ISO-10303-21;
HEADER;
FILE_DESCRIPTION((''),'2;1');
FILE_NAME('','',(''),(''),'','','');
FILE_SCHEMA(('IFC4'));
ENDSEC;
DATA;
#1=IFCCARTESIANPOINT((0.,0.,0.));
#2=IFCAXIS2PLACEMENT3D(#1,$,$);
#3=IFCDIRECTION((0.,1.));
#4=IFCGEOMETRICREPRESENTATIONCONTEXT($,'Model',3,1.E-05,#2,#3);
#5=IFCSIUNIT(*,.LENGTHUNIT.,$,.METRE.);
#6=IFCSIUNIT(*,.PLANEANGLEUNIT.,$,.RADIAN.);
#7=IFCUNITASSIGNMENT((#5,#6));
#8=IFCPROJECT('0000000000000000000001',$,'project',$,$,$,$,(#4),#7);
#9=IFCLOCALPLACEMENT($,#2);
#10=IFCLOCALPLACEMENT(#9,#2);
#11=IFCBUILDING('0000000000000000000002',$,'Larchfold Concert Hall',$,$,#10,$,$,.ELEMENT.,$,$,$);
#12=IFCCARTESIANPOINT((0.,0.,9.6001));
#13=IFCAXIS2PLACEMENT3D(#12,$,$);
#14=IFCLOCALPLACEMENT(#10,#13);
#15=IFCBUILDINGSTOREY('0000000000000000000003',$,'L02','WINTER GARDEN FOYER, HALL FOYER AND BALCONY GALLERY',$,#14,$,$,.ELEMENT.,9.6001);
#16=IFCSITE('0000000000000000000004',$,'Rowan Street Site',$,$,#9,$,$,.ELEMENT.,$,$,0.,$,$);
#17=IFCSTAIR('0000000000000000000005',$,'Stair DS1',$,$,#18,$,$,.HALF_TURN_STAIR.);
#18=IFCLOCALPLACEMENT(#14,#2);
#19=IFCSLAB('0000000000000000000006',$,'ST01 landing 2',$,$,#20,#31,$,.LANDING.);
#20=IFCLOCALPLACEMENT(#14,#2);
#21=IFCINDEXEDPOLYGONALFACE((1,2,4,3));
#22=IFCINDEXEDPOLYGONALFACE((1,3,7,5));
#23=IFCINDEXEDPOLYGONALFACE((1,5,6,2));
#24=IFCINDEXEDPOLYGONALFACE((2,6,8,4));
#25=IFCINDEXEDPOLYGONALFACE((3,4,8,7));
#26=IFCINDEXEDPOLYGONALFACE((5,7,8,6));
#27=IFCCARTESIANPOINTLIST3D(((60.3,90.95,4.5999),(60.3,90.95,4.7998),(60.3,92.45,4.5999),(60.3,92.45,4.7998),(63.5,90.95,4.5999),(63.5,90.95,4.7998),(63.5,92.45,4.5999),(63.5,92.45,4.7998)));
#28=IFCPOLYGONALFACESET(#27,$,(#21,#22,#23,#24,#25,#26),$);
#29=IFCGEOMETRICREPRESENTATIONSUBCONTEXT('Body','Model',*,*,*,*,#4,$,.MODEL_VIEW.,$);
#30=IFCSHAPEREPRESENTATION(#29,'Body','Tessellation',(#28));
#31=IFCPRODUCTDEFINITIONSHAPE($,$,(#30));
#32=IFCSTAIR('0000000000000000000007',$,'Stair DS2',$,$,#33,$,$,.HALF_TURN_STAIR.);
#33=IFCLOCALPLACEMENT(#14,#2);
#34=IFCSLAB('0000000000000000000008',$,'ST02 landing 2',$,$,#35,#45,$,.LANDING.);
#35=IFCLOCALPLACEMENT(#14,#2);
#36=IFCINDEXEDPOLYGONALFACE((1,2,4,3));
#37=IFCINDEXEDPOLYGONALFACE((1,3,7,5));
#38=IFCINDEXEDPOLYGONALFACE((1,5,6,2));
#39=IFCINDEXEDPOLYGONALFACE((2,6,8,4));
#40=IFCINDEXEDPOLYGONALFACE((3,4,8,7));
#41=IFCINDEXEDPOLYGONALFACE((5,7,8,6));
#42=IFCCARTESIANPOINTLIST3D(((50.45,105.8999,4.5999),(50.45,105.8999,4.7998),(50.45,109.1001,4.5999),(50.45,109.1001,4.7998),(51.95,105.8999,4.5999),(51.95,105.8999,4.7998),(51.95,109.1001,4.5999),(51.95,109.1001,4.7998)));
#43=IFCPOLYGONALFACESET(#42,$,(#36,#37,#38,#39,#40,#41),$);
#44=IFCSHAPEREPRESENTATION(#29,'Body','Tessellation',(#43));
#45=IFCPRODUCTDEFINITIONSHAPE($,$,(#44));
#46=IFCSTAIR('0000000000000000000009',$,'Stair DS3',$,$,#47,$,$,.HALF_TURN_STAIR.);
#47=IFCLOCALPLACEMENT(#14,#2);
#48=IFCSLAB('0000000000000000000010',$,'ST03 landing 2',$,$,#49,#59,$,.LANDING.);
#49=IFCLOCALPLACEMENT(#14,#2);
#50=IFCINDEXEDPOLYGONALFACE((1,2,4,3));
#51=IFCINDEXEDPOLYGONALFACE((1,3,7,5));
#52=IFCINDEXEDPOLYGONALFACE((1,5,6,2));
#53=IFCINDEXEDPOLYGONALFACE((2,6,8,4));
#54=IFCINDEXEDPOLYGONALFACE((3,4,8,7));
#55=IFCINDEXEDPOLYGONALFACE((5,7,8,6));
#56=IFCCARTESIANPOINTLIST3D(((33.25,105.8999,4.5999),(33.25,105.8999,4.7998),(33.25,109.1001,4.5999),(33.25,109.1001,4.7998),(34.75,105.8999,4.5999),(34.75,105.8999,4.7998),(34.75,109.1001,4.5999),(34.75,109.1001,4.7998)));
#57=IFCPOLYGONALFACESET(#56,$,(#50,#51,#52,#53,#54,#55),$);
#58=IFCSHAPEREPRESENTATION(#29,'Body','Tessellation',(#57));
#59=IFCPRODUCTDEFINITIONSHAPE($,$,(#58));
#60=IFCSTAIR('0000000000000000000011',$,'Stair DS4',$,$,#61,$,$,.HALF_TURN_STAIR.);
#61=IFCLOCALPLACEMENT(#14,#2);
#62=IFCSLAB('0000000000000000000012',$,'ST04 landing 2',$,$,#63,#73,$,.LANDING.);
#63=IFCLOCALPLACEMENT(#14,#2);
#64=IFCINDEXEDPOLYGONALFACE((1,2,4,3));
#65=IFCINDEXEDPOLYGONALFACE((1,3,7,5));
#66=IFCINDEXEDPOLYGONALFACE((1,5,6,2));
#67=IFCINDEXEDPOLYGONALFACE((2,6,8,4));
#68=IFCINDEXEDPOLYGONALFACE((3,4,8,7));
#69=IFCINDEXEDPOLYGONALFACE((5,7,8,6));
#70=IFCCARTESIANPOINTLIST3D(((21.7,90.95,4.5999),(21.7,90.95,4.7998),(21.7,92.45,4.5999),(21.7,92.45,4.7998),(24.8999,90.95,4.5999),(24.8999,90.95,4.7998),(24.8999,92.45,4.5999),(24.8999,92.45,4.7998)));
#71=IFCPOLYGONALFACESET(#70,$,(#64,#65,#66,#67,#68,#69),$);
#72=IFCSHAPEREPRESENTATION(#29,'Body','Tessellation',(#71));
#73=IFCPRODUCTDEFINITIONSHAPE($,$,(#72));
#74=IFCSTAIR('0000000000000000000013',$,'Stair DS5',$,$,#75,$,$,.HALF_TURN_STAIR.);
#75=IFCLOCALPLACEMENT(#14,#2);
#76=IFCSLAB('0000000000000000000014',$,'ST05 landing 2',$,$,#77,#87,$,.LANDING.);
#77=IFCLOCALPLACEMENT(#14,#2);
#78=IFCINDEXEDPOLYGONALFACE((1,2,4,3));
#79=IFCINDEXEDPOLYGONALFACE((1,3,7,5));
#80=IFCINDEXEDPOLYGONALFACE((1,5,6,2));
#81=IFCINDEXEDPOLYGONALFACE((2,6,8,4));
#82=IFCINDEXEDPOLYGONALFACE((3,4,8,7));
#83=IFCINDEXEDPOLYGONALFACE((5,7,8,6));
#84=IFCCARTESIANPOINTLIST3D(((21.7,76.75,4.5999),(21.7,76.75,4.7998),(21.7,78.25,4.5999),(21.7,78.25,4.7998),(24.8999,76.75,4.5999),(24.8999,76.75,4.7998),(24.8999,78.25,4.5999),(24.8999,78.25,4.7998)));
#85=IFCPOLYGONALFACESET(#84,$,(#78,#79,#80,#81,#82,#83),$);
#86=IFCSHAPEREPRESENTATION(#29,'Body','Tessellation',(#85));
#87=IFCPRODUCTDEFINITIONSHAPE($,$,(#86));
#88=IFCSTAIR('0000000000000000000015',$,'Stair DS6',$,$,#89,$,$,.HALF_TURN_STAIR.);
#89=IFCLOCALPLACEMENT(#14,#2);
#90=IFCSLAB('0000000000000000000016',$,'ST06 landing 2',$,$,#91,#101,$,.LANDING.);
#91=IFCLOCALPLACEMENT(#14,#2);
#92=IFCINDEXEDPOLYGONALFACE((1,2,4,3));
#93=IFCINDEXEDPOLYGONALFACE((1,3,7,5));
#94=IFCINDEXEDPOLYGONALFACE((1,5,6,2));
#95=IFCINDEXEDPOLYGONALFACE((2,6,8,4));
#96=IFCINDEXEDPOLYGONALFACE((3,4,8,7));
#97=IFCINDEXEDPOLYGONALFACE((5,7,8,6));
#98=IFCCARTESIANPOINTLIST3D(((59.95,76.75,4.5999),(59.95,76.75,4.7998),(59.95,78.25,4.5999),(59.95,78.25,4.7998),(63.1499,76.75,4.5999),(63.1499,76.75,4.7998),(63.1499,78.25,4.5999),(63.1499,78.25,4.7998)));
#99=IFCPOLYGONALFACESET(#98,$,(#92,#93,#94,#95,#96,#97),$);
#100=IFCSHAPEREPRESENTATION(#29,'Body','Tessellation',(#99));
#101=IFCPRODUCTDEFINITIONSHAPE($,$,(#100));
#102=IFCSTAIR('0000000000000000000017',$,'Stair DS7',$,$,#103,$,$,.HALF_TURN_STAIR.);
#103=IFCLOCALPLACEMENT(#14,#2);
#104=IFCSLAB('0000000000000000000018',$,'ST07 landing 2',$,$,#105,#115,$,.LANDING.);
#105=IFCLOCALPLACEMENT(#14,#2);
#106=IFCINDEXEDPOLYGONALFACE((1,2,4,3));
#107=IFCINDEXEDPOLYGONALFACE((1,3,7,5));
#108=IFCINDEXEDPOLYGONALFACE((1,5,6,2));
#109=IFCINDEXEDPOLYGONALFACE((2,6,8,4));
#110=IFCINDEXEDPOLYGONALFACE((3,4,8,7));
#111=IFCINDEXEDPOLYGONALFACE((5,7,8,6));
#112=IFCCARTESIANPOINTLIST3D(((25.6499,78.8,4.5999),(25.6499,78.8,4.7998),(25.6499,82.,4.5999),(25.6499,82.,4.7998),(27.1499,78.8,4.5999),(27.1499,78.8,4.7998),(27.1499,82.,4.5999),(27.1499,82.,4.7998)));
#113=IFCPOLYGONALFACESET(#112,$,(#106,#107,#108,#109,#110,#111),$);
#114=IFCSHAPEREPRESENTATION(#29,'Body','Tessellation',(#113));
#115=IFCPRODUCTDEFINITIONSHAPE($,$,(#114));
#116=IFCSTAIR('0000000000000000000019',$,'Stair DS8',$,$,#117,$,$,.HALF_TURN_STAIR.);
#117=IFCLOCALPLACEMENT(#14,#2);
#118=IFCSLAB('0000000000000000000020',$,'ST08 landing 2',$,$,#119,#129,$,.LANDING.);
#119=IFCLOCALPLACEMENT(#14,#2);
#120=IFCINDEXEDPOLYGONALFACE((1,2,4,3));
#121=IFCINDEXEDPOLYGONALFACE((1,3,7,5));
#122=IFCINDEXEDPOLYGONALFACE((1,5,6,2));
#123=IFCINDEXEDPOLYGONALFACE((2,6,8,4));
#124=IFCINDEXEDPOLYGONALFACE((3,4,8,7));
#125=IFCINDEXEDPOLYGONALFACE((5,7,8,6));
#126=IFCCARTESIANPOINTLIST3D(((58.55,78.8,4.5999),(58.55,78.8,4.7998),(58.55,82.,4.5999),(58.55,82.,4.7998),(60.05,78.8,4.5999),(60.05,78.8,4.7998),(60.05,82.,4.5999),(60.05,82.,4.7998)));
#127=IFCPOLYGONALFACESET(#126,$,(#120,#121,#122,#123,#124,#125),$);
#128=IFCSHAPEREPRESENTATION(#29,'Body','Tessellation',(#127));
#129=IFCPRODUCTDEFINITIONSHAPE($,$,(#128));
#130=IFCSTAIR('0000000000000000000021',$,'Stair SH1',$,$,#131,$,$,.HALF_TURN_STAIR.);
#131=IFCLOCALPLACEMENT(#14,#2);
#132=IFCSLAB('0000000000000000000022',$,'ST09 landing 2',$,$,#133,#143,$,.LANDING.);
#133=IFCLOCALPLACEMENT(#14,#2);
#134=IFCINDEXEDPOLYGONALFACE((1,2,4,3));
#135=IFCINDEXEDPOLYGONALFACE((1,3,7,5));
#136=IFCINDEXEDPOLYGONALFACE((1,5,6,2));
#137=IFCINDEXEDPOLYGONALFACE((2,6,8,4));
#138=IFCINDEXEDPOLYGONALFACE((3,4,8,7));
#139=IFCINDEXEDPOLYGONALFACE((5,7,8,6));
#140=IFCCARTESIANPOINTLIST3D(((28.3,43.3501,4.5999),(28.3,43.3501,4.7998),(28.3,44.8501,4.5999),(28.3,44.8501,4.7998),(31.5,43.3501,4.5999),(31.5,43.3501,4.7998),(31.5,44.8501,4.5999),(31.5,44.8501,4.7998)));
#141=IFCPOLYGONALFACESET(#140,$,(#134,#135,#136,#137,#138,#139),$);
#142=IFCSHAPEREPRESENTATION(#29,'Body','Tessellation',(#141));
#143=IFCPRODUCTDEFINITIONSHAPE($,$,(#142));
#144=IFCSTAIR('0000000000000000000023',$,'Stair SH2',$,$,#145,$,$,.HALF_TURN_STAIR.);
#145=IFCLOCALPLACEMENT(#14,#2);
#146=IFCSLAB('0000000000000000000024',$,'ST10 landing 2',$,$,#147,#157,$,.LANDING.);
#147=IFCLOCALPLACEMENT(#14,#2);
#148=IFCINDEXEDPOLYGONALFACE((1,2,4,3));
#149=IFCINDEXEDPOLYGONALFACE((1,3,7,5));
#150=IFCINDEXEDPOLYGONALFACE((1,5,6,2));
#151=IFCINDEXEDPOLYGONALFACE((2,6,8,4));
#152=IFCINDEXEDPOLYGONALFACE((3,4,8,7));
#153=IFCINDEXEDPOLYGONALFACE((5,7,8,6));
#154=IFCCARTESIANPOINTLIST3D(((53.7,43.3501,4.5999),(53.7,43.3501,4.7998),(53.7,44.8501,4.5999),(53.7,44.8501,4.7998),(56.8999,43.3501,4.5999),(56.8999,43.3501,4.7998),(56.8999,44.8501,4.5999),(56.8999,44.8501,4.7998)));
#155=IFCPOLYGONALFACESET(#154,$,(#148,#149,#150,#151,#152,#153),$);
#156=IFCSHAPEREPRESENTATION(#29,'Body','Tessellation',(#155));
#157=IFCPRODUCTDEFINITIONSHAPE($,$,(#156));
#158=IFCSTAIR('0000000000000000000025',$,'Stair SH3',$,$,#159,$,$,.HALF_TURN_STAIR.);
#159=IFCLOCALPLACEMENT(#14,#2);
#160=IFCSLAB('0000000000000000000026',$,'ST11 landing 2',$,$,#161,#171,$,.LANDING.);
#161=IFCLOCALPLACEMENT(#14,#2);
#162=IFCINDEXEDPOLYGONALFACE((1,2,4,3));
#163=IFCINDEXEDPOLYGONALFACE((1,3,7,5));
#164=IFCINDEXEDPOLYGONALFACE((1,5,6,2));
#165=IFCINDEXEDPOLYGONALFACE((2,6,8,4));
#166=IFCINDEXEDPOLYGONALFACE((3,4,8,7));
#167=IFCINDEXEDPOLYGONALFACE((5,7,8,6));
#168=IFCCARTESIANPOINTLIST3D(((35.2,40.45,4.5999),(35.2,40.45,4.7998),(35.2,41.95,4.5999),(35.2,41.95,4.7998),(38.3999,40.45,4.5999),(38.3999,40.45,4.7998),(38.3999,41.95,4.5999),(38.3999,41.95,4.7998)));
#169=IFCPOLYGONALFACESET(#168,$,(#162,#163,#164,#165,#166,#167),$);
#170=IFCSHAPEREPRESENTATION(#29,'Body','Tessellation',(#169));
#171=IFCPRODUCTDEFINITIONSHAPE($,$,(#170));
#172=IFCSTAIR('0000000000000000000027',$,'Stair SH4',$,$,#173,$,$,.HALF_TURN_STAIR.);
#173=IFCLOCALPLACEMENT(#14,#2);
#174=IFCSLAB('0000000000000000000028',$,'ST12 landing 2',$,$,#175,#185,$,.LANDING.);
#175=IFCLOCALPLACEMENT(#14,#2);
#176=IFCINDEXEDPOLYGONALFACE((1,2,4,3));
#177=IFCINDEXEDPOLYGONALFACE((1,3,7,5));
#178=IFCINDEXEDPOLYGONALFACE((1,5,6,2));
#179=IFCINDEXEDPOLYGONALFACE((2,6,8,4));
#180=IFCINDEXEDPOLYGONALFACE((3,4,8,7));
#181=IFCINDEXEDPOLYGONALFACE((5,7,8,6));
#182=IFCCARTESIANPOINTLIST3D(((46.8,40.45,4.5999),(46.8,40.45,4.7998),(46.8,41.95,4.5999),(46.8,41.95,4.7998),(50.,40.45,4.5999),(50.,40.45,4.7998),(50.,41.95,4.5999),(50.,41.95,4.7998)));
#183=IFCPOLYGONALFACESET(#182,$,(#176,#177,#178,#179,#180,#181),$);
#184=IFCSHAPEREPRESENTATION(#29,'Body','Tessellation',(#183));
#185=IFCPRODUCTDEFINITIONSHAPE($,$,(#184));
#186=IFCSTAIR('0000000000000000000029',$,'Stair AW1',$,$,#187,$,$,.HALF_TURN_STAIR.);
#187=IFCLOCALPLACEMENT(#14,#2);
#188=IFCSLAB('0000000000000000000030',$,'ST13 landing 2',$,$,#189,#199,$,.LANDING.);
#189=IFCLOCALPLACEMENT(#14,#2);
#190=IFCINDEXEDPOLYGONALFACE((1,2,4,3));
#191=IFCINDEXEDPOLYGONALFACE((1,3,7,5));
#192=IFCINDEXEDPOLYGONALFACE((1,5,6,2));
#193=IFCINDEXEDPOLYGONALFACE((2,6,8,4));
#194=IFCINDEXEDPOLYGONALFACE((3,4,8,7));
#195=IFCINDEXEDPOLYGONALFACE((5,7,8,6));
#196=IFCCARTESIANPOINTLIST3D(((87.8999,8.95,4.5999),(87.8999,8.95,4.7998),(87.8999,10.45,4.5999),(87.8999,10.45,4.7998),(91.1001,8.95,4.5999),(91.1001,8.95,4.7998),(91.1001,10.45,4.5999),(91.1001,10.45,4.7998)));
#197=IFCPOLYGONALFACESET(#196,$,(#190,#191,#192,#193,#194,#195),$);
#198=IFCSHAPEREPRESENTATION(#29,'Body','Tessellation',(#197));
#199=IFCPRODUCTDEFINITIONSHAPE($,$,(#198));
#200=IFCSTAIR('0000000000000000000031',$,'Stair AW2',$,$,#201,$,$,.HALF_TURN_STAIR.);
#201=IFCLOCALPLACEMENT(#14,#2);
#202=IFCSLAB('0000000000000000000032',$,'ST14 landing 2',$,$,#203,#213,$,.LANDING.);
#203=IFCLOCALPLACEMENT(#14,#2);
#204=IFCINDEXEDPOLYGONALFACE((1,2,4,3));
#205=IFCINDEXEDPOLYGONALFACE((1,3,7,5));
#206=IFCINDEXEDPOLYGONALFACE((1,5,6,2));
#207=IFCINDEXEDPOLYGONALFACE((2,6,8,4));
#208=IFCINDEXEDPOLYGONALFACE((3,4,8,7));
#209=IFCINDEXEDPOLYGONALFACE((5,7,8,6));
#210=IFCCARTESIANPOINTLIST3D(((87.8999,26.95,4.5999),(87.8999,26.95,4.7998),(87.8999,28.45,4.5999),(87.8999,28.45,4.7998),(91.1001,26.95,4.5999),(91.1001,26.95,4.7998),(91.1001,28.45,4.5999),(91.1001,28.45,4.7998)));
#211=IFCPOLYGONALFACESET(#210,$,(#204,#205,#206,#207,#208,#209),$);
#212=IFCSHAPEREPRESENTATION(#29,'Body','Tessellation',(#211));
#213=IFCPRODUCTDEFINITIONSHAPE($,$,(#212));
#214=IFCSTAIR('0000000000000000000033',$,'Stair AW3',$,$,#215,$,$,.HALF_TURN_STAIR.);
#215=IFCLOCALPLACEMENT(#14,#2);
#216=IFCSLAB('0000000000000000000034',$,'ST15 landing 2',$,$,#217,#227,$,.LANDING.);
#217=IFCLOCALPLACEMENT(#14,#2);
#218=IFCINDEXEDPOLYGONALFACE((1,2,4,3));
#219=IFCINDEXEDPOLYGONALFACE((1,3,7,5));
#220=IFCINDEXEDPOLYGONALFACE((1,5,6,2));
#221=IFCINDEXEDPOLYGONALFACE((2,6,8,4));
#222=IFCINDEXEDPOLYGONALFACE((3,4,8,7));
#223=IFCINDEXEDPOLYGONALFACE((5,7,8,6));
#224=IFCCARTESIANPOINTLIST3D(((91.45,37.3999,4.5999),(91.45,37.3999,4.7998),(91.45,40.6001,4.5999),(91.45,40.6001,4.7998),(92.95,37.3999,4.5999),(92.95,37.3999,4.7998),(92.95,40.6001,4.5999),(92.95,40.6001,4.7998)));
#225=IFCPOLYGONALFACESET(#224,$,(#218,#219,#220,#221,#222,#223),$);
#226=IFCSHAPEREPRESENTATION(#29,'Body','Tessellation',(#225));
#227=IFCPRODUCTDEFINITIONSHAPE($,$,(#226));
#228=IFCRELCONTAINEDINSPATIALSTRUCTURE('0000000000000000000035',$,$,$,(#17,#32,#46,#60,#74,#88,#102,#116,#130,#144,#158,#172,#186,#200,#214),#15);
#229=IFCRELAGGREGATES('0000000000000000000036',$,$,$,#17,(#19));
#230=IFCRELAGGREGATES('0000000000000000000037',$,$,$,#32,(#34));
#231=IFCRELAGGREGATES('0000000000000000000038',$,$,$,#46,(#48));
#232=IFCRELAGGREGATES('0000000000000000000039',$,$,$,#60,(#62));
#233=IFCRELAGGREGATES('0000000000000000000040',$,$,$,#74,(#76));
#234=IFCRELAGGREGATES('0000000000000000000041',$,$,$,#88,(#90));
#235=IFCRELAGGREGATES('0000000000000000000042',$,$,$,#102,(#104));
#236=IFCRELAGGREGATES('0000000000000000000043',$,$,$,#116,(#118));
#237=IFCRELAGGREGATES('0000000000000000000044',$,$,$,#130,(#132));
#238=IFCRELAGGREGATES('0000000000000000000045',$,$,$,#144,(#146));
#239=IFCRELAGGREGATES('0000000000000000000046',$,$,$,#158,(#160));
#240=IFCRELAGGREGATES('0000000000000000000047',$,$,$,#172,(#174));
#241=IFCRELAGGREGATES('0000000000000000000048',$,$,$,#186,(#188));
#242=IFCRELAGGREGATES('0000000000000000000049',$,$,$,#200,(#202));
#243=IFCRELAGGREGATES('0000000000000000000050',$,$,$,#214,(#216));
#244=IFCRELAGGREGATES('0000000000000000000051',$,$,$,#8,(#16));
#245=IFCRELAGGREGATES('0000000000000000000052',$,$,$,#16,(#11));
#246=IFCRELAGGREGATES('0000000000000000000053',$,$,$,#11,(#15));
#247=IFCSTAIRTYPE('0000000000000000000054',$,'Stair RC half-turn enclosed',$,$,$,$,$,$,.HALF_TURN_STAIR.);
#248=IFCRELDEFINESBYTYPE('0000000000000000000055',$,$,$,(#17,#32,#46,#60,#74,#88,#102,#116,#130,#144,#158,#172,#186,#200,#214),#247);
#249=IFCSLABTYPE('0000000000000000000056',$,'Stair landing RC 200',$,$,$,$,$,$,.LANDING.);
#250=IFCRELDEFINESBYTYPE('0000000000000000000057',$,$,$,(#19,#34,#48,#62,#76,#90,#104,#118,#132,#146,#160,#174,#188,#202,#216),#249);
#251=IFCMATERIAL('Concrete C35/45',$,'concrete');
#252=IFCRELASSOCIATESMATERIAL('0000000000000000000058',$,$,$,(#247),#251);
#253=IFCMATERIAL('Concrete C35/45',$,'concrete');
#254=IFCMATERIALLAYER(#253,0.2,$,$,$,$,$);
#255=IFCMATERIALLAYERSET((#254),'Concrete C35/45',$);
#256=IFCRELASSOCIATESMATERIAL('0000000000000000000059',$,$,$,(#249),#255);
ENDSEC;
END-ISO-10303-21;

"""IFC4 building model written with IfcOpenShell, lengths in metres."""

from ifc_helpers import new_model, si_unit, direction, frame, origin, place, context, subcontext, project, spatial, polyline, outline, extrude, material, layer, layer_set, type_object, element, aggregate, save


model = new_model("IFC4")

# Units and contexts
model_context = context("Model", 3, precision=1e-05, world=origin(), true_north=direction((0.0, 1.0)))
body_context = subcontext(model_context, "Body", "Model", "MODEL_VIEW")
ifc_project = project(units=[si_unit("LENGTHUNIT", "METRE"), si_unit("PLANEANGLEUNIT", "RADIAN")], contexts=[model_context])

# Site, building, storey
site_placement = place(None, origin())
site = spatial("IfcSite", under=ifc_project, at=site_placement, Name="Rowan Street Site", CompositionType="ELEMENT", RefElevation=0.0)
building_placement = place(site_placement, origin())
building = spatial("IfcBuilding", under=site, at=building_placement, Name="Larchfold Concert Hall", CompositionType="ELEMENT")
storey_placement = place(building_placement, frame((0.0, 0.0, 9.6001)))
storey = spatial("IfcBuildingStorey", under=building, at=storey_placement, Name="L02", Description="WINTER GARDEN FOYER, HALL FOYER AND BALCONY GALLERY", CompositionType="ELEMENT", Elevation=9.6001)

# Stairs, slabs
ifc_material_1 = material(Name="Concrete C35/45", Category="concrete")
stair_type = type_object("IfcStairType", Name="Stair RC half-turn enclosed", PredefinedType="HALF_TURN_STAIR", material=ifc_material_1)
stair_1_placement = place(storey_placement, origin())
stair_1 = element("IfcStair", 1, at=stair_1_placement, inside=storey, type_object=stair_type, Name="Stair DS1", PredefinedType="HALF_TURN_STAIR")
ifc_material_2 = material(Name="Concrete C35/45", Category="concrete")
ifc_layer_1 = layer(ifc_material_2, 0.2)
ifc_layer_set_1 = layer_set([ifc_layer_1], Name="Concrete C35/45")
slab_type = type_object("IfcSlabType", Name="Stair landing RC 200", PredefinedType="LANDING", material=ifc_layer_set_1)
slab_1_placement = place(storey_placement, frame((0.0, 0.0, 4.5999)))
slab_1 = element("IfcSlab", 2, at=slab_1_placement, type_object=slab_type, Name="ST01 landing 2", PredefinedType="LANDING", context=body_context, shape_type="SweptSolid", body=[
    extrude(outline(polyline([(63.5, 90.95), (63.5, 92.45), (60.3, 92.45), (60.3, 90.95), (63.5, 90.95)])), origin(), (0.0, 0.0, 1.0), 0.2),
])
aggregate(stair_1, [slab_1])
stair_2_placement = place(storey_placement, origin())
stair_2 = element("IfcStair", 3, at=stair_2_placement, inside=storey, type_object=stair_type, Name="Stair DS2", PredefinedType="HALF_TURN_STAIR")
slab_2_placement = place(storey_placement, frame((0.0, 0.0, 4.5999)))
slab_2 = element("IfcSlab", 4, at=slab_2_placement, type_object=slab_type, Name="ST02 landing 2", PredefinedType="LANDING", context=body_context, shape_type="SweptSolid", body=[
    extrude(outline(polyline([(50.45, 105.8999), (51.95, 105.8999), (51.95, 109.1001), (50.45, 109.1001), (50.45, 105.8999)])), origin(), (0.0, 0.0, 1.0), 0.2),
])
aggregate(stair_2, [slab_2])
stair_3_placement = place(storey_placement, origin())
stair_3 = element("IfcStair", 5, at=stair_3_placement, inside=storey, type_object=stair_type, Name="Stair DS3", PredefinedType="HALF_TURN_STAIR")
slab_3_placement = place(storey_placement, frame((0.0, 0.0, 4.5999)))
slab_3 = element("IfcSlab", 6, at=slab_3_placement, type_object=slab_type, Name="ST03 landing 2", PredefinedType="LANDING", context=body_context, shape_type="SweptSolid", body=[
    extrude(outline(polyline([(34.75, 109.1001), (33.25, 109.1001), (33.25, 105.8999), (34.75, 105.8999), (34.75, 109.1001)])), origin(), (0.0, 0.0, 1.0), 0.2),
])
aggregate(stair_3, [slab_3])
stair_4_placement = place(storey_placement, origin())
stair_4 = element("IfcStair", 7, at=stair_4_placement, inside=storey, type_object=stair_type, Name="Stair DS4", PredefinedType="HALF_TURN_STAIR")
slab_4_placement = place(storey_placement, frame((0.0, 0.0, 4.5999)))
slab_4 = element("IfcSlab", 8, at=slab_4_placement, type_object=slab_type, Name="ST04 landing 2", PredefinedType="LANDING", context=body_context, shape_type="SweptSolid", body=[
    extrude(outline(polyline([(24.8999, 90.95), (24.8999, 92.45), (21.7, 92.45), (21.7, 90.95), (24.8999, 90.95)])), origin(), (0.0, 0.0, 1.0), 0.2),
])
aggregate(stair_4, [slab_4])
stair_5_placement = place(storey_placement, origin())
stair_5 = element("IfcStair", 9, at=stair_5_placement, inside=storey, type_object=stair_type, Name="Stair DS5", PredefinedType="HALF_TURN_STAIR")
slab_5_placement = place(storey_placement, frame((0.0, 0.0, 4.5999)))
slab_5 = element("IfcSlab", 10, at=slab_5_placement, type_object=slab_type, Name="ST05 landing 2", PredefinedType="LANDING", context=body_context, shape_type="SweptSolid", body=[
    extrude(outline(polyline([(21.7, 78.25), (21.7, 76.75), (24.8999, 76.75), (24.8999, 78.25), (21.7, 78.25)])), origin(), (0.0, 0.0, 1.0), 0.2),
])
aggregate(stair_5, [slab_5])
stair_6_placement = place(storey_placement, origin())
stair_6 = element("IfcStair", 11, at=stair_6_placement, inside=storey, type_object=stair_type, Name="Stair DS6", PredefinedType="HALF_TURN_STAIR")
slab_6_placement = place(storey_placement, frame((0.0, 0.0, 4.5999)))
slab_6 = element("IfcSlab", 12, at=slab_6_placement, type_object=slab_type, Name="ST06 landing 2", PredefinedType="LANDING", context=body_context, shape_type="SweptSolid", body=[
    extrude(outline(polyline([(59.95, 78.25), (59.95, 76.75), (63.1499, 76.75), (63.1499, 78.25), (59.95, 78.25)])), origin(), (0.0, 0.0, 1.0), 0.2),
])
aggregate(stair_6, [slab_6])
stair_7_placement = place(storey_placement, origin())
stair_7 = element("IfcStair", 13, at=stair_7_placement, inside=storey, type_object=stair_type, Name="Stair DS7", PredefinedType="HALF_TURN_STAIR")
slab_7_placement = place(storey_placement, frame((0.0, 0.0, 4.5999)))
slab_7 = element("IfcSlab", 14, at=slab_7_placement, type_object=slab_type, Name="ST07 landing 2", PredefinedType="LANDING", context=body_context, shape_type="SweptSolid", body=[
    extrude(outline(polyline([(27.1499, 82.0), (25.6499, 82.0), (25.6499, 78.8), (27.1499, 78.8), (27.1499, 82.0)])), origin(), (0.0, 0.0, 1.0), 0.2),
])
aggregate(stair_7, [slab_7])
stair_8_placement = place(storey_placement, origin())
stair_8 = element("IfcStair", 15, at=stair_8_placement, inside=storey, type_object=stair_type, Name="Stair DS8", PredefinedType="HALF_TURN_STAIR")
slab_8_placement = place(storey_placement, frame((0.0, 0.0, 4.5999)))
slab_8 = element("IfcSlab", 16, at=slab_8_placement, type_object=slab_type, Name="ST08 landing 2", PredefinedType="LANDING", context=body_context, shape_type="SweptSolid", body=[
    extrude(outline(polyline([(58.55, 78.8), (60.05, 78.8), (60.05, 82.0), (58.55, 82.0), (58.55, 78.8)])), origin(), (0.0, 0.0, 1.0), 0.2),
])
aggregate(stair_8, [slab_8])
stair_9_placement = place(storey_placement, origin())
stair_9 = element("IfcStair", 17, at=stair_9_placement, inside=storey, type_object=stair_type, Name="Stair SH1", PredefinedType="HALF_TURN_STAIR")
slab_9_placement = place(storey_placement, frame((0.0, 0.0, 4.5999)))
slab_9 = element("IfcSlab", 18, at=slab_9_placement, type_object=slab_type, Name="ST09 landing 2", PredefinedType="LANDING", context=body_context, shape_type="SweptSolid", body=[
    extrude(outline(polyline([(31.5, 43.3501), (31.5, 44.8501), (28.3, 44.8501), (28.3, 43.3501), (31.5, 43.3501)])), origin(), (0.0, 0.0, 1.0), 0.2),
])
aggregate(stair_9, [slab_9])
stair_10_placement = place(storey_placement, origin())
stair_10 = element("IfcStair", 19, at=stair_10_placement, inside=storey, type_object=stair_type, Name="Stair SH2", PredefinedType="HALF_TURN_STAIR")
slab_10_placement = place(storey_placement, frame((0.0, 0.0, 4.5999)))
slab_10 = element("IfcSlab", 20, at=slab_10_placement, type_object=slab_type, Name="ST10 landing 2", PredefinedType="LANDING", context=body_context, shape_type="SweptSolid", body=[
    extrude(outline(polyline([(56.8999, 43.3501), (56.8999, 44.8501), (53.7, 44.8501), (53.7, 43.3501), (56.8999, 43.3501)])), origin(), (0.0, 0.0, 1.0), 0.2),
])
aggregate(stair_10, [slab_10])
stair_11_placement = place(storey_placement, origin())
stair_11 = element("IfcStair", 21, at=stair_11_placement, inside=storey, type_object=stair_type, Name="Stair SH3", PredefinedType="HALF_TURN_STAIR")
slab_11_placement = place(storey_placement, frame((0.0, 0.0, 4.5999)))
slab_11 = element("IfcSlab", 22, at=slab_11_placement, type_object=slab_type, Name="ST11 landing 2", PredefinedType="LANDING", context=body_context, shape_type="SweptSolid", body=[
    extrude(outline(polyline([(35.2, 41.95), (35.2, 40.45), (38.3999, 40.45), (38.3999, 41.95), (35.2, 41.95)])), origin(), (0.0, 0.0, 1.0), 0.2),
])
aggregate(stair_11, [slab_11])
stair_12_placement = place(storey_placement, origin())
stair_12 = element("IfcStair", 23, at=stair_12_placement, inside=storey, type_object=stair_type, Name="Stair SH4", PredefinedType="HALF_TURN_STAIR")
slab_12_placement = place(storey_placement, frame((0.0, 0.0, 4.5999)))
slab_12 = element("IfcSlab", 24, at=slab_12_placement, type_object=slab_type, Name="ST12 landing 2", PredefinedType="LANDING", context=body_context, shape_type="SweptSolid", body=[
    extrude(outline(polyline([(46.8, 41.95), (46.8, 40.45), (50.0, 40.45), (50.0, 41.95), (46.8, 41.95)])), origin(), (0.0, 0.0, 1.0), 0.2),
])
aggregate(stair_12, [slab_12])
stair_13_placement = place(storey_placement, origin())
stair_13 = element("IfcStair", 25, at=stair_13_placement, inside=storey, type_object=stair_type, Name="Stair AW1", PredefinedType="HALF_TURN_STAIR")
slab_13_placement = place(storey_placement, frame((0.0, 0.0, 4.5999)))
slab_13 = element("IfcSlab", 26, at=slab_13_placement, type_object=slab_type, Name="ST13 landing 2", PredefinedType="LANDING", context=body_context, shape_type="SweptSolid", body=[
    extrude(outline(polyline([(87.8999, 10.45), (87.8999, 8.95), (91.1001, 8.95), (91.1001, 10.45), (87.8999, 10.45)])), origin(), (0.0, 0.0, 1.0), 0.2),
])
aggregate(stair_13, [slab_13])
stair_14_placement = place(storey_placement, origin())
stair_14 = element("IfcStair", 27, at=stair_14_placement, inside=storey, type_object=stair_type, Name="Stair AW2", PredefinedType="HALF_TURN_STAIR")
slab_14_placement = place(storey_placement, frame((0.0, 0.0, 4.5999)))
slab_14 = element("IfcSlab", 28, at=slab_14_placement, type_object=slab_type, Name="ST14 landing 2", PredefinedType="LANDING", context=body_context, shape_type="SweptSolid", body=[
    extrude(outline(polyline([(87.8999, 28.45), (87.8999, 26.95), (91.1001, 26.95), (91.1001, 28.45), (87.8999, 28.45)])), origin(), (0.0, 0.0, 1.0), 0.2),
])
aggregate(stair_14, [slab_14])
stair_15_placement = place(storey_placement, origin())
stair_15 = element("IfcStair", 29, at=stair_15_placement, inside=storey, type_object=stair_type, Name="Stair AW3", PredefinedType="HALF_TURN_STAIR")
slab_15_placement = place(storey_placement, frame((0.0, 0.0, 4.5999)))
slab_15 = element("IfcSlab", 30, at=slab_15_placement, type_object=slab_type, Name="ST15 landing 2", PredefinedType="LANDING", context=body_context, shape_type="SweptSolid", body=[
    extrude(outline(polyline([(92.95, 40.6001), (91.45, 40.6001), (91.45, 37.3999), (92.95, 37.3999), (92.95, 40.6001)])), origin(), (0.0, 0.0, 1.0), 0.2),
])
aggregate(stair_15, [slab_15])

save(model, "model.ifc")
